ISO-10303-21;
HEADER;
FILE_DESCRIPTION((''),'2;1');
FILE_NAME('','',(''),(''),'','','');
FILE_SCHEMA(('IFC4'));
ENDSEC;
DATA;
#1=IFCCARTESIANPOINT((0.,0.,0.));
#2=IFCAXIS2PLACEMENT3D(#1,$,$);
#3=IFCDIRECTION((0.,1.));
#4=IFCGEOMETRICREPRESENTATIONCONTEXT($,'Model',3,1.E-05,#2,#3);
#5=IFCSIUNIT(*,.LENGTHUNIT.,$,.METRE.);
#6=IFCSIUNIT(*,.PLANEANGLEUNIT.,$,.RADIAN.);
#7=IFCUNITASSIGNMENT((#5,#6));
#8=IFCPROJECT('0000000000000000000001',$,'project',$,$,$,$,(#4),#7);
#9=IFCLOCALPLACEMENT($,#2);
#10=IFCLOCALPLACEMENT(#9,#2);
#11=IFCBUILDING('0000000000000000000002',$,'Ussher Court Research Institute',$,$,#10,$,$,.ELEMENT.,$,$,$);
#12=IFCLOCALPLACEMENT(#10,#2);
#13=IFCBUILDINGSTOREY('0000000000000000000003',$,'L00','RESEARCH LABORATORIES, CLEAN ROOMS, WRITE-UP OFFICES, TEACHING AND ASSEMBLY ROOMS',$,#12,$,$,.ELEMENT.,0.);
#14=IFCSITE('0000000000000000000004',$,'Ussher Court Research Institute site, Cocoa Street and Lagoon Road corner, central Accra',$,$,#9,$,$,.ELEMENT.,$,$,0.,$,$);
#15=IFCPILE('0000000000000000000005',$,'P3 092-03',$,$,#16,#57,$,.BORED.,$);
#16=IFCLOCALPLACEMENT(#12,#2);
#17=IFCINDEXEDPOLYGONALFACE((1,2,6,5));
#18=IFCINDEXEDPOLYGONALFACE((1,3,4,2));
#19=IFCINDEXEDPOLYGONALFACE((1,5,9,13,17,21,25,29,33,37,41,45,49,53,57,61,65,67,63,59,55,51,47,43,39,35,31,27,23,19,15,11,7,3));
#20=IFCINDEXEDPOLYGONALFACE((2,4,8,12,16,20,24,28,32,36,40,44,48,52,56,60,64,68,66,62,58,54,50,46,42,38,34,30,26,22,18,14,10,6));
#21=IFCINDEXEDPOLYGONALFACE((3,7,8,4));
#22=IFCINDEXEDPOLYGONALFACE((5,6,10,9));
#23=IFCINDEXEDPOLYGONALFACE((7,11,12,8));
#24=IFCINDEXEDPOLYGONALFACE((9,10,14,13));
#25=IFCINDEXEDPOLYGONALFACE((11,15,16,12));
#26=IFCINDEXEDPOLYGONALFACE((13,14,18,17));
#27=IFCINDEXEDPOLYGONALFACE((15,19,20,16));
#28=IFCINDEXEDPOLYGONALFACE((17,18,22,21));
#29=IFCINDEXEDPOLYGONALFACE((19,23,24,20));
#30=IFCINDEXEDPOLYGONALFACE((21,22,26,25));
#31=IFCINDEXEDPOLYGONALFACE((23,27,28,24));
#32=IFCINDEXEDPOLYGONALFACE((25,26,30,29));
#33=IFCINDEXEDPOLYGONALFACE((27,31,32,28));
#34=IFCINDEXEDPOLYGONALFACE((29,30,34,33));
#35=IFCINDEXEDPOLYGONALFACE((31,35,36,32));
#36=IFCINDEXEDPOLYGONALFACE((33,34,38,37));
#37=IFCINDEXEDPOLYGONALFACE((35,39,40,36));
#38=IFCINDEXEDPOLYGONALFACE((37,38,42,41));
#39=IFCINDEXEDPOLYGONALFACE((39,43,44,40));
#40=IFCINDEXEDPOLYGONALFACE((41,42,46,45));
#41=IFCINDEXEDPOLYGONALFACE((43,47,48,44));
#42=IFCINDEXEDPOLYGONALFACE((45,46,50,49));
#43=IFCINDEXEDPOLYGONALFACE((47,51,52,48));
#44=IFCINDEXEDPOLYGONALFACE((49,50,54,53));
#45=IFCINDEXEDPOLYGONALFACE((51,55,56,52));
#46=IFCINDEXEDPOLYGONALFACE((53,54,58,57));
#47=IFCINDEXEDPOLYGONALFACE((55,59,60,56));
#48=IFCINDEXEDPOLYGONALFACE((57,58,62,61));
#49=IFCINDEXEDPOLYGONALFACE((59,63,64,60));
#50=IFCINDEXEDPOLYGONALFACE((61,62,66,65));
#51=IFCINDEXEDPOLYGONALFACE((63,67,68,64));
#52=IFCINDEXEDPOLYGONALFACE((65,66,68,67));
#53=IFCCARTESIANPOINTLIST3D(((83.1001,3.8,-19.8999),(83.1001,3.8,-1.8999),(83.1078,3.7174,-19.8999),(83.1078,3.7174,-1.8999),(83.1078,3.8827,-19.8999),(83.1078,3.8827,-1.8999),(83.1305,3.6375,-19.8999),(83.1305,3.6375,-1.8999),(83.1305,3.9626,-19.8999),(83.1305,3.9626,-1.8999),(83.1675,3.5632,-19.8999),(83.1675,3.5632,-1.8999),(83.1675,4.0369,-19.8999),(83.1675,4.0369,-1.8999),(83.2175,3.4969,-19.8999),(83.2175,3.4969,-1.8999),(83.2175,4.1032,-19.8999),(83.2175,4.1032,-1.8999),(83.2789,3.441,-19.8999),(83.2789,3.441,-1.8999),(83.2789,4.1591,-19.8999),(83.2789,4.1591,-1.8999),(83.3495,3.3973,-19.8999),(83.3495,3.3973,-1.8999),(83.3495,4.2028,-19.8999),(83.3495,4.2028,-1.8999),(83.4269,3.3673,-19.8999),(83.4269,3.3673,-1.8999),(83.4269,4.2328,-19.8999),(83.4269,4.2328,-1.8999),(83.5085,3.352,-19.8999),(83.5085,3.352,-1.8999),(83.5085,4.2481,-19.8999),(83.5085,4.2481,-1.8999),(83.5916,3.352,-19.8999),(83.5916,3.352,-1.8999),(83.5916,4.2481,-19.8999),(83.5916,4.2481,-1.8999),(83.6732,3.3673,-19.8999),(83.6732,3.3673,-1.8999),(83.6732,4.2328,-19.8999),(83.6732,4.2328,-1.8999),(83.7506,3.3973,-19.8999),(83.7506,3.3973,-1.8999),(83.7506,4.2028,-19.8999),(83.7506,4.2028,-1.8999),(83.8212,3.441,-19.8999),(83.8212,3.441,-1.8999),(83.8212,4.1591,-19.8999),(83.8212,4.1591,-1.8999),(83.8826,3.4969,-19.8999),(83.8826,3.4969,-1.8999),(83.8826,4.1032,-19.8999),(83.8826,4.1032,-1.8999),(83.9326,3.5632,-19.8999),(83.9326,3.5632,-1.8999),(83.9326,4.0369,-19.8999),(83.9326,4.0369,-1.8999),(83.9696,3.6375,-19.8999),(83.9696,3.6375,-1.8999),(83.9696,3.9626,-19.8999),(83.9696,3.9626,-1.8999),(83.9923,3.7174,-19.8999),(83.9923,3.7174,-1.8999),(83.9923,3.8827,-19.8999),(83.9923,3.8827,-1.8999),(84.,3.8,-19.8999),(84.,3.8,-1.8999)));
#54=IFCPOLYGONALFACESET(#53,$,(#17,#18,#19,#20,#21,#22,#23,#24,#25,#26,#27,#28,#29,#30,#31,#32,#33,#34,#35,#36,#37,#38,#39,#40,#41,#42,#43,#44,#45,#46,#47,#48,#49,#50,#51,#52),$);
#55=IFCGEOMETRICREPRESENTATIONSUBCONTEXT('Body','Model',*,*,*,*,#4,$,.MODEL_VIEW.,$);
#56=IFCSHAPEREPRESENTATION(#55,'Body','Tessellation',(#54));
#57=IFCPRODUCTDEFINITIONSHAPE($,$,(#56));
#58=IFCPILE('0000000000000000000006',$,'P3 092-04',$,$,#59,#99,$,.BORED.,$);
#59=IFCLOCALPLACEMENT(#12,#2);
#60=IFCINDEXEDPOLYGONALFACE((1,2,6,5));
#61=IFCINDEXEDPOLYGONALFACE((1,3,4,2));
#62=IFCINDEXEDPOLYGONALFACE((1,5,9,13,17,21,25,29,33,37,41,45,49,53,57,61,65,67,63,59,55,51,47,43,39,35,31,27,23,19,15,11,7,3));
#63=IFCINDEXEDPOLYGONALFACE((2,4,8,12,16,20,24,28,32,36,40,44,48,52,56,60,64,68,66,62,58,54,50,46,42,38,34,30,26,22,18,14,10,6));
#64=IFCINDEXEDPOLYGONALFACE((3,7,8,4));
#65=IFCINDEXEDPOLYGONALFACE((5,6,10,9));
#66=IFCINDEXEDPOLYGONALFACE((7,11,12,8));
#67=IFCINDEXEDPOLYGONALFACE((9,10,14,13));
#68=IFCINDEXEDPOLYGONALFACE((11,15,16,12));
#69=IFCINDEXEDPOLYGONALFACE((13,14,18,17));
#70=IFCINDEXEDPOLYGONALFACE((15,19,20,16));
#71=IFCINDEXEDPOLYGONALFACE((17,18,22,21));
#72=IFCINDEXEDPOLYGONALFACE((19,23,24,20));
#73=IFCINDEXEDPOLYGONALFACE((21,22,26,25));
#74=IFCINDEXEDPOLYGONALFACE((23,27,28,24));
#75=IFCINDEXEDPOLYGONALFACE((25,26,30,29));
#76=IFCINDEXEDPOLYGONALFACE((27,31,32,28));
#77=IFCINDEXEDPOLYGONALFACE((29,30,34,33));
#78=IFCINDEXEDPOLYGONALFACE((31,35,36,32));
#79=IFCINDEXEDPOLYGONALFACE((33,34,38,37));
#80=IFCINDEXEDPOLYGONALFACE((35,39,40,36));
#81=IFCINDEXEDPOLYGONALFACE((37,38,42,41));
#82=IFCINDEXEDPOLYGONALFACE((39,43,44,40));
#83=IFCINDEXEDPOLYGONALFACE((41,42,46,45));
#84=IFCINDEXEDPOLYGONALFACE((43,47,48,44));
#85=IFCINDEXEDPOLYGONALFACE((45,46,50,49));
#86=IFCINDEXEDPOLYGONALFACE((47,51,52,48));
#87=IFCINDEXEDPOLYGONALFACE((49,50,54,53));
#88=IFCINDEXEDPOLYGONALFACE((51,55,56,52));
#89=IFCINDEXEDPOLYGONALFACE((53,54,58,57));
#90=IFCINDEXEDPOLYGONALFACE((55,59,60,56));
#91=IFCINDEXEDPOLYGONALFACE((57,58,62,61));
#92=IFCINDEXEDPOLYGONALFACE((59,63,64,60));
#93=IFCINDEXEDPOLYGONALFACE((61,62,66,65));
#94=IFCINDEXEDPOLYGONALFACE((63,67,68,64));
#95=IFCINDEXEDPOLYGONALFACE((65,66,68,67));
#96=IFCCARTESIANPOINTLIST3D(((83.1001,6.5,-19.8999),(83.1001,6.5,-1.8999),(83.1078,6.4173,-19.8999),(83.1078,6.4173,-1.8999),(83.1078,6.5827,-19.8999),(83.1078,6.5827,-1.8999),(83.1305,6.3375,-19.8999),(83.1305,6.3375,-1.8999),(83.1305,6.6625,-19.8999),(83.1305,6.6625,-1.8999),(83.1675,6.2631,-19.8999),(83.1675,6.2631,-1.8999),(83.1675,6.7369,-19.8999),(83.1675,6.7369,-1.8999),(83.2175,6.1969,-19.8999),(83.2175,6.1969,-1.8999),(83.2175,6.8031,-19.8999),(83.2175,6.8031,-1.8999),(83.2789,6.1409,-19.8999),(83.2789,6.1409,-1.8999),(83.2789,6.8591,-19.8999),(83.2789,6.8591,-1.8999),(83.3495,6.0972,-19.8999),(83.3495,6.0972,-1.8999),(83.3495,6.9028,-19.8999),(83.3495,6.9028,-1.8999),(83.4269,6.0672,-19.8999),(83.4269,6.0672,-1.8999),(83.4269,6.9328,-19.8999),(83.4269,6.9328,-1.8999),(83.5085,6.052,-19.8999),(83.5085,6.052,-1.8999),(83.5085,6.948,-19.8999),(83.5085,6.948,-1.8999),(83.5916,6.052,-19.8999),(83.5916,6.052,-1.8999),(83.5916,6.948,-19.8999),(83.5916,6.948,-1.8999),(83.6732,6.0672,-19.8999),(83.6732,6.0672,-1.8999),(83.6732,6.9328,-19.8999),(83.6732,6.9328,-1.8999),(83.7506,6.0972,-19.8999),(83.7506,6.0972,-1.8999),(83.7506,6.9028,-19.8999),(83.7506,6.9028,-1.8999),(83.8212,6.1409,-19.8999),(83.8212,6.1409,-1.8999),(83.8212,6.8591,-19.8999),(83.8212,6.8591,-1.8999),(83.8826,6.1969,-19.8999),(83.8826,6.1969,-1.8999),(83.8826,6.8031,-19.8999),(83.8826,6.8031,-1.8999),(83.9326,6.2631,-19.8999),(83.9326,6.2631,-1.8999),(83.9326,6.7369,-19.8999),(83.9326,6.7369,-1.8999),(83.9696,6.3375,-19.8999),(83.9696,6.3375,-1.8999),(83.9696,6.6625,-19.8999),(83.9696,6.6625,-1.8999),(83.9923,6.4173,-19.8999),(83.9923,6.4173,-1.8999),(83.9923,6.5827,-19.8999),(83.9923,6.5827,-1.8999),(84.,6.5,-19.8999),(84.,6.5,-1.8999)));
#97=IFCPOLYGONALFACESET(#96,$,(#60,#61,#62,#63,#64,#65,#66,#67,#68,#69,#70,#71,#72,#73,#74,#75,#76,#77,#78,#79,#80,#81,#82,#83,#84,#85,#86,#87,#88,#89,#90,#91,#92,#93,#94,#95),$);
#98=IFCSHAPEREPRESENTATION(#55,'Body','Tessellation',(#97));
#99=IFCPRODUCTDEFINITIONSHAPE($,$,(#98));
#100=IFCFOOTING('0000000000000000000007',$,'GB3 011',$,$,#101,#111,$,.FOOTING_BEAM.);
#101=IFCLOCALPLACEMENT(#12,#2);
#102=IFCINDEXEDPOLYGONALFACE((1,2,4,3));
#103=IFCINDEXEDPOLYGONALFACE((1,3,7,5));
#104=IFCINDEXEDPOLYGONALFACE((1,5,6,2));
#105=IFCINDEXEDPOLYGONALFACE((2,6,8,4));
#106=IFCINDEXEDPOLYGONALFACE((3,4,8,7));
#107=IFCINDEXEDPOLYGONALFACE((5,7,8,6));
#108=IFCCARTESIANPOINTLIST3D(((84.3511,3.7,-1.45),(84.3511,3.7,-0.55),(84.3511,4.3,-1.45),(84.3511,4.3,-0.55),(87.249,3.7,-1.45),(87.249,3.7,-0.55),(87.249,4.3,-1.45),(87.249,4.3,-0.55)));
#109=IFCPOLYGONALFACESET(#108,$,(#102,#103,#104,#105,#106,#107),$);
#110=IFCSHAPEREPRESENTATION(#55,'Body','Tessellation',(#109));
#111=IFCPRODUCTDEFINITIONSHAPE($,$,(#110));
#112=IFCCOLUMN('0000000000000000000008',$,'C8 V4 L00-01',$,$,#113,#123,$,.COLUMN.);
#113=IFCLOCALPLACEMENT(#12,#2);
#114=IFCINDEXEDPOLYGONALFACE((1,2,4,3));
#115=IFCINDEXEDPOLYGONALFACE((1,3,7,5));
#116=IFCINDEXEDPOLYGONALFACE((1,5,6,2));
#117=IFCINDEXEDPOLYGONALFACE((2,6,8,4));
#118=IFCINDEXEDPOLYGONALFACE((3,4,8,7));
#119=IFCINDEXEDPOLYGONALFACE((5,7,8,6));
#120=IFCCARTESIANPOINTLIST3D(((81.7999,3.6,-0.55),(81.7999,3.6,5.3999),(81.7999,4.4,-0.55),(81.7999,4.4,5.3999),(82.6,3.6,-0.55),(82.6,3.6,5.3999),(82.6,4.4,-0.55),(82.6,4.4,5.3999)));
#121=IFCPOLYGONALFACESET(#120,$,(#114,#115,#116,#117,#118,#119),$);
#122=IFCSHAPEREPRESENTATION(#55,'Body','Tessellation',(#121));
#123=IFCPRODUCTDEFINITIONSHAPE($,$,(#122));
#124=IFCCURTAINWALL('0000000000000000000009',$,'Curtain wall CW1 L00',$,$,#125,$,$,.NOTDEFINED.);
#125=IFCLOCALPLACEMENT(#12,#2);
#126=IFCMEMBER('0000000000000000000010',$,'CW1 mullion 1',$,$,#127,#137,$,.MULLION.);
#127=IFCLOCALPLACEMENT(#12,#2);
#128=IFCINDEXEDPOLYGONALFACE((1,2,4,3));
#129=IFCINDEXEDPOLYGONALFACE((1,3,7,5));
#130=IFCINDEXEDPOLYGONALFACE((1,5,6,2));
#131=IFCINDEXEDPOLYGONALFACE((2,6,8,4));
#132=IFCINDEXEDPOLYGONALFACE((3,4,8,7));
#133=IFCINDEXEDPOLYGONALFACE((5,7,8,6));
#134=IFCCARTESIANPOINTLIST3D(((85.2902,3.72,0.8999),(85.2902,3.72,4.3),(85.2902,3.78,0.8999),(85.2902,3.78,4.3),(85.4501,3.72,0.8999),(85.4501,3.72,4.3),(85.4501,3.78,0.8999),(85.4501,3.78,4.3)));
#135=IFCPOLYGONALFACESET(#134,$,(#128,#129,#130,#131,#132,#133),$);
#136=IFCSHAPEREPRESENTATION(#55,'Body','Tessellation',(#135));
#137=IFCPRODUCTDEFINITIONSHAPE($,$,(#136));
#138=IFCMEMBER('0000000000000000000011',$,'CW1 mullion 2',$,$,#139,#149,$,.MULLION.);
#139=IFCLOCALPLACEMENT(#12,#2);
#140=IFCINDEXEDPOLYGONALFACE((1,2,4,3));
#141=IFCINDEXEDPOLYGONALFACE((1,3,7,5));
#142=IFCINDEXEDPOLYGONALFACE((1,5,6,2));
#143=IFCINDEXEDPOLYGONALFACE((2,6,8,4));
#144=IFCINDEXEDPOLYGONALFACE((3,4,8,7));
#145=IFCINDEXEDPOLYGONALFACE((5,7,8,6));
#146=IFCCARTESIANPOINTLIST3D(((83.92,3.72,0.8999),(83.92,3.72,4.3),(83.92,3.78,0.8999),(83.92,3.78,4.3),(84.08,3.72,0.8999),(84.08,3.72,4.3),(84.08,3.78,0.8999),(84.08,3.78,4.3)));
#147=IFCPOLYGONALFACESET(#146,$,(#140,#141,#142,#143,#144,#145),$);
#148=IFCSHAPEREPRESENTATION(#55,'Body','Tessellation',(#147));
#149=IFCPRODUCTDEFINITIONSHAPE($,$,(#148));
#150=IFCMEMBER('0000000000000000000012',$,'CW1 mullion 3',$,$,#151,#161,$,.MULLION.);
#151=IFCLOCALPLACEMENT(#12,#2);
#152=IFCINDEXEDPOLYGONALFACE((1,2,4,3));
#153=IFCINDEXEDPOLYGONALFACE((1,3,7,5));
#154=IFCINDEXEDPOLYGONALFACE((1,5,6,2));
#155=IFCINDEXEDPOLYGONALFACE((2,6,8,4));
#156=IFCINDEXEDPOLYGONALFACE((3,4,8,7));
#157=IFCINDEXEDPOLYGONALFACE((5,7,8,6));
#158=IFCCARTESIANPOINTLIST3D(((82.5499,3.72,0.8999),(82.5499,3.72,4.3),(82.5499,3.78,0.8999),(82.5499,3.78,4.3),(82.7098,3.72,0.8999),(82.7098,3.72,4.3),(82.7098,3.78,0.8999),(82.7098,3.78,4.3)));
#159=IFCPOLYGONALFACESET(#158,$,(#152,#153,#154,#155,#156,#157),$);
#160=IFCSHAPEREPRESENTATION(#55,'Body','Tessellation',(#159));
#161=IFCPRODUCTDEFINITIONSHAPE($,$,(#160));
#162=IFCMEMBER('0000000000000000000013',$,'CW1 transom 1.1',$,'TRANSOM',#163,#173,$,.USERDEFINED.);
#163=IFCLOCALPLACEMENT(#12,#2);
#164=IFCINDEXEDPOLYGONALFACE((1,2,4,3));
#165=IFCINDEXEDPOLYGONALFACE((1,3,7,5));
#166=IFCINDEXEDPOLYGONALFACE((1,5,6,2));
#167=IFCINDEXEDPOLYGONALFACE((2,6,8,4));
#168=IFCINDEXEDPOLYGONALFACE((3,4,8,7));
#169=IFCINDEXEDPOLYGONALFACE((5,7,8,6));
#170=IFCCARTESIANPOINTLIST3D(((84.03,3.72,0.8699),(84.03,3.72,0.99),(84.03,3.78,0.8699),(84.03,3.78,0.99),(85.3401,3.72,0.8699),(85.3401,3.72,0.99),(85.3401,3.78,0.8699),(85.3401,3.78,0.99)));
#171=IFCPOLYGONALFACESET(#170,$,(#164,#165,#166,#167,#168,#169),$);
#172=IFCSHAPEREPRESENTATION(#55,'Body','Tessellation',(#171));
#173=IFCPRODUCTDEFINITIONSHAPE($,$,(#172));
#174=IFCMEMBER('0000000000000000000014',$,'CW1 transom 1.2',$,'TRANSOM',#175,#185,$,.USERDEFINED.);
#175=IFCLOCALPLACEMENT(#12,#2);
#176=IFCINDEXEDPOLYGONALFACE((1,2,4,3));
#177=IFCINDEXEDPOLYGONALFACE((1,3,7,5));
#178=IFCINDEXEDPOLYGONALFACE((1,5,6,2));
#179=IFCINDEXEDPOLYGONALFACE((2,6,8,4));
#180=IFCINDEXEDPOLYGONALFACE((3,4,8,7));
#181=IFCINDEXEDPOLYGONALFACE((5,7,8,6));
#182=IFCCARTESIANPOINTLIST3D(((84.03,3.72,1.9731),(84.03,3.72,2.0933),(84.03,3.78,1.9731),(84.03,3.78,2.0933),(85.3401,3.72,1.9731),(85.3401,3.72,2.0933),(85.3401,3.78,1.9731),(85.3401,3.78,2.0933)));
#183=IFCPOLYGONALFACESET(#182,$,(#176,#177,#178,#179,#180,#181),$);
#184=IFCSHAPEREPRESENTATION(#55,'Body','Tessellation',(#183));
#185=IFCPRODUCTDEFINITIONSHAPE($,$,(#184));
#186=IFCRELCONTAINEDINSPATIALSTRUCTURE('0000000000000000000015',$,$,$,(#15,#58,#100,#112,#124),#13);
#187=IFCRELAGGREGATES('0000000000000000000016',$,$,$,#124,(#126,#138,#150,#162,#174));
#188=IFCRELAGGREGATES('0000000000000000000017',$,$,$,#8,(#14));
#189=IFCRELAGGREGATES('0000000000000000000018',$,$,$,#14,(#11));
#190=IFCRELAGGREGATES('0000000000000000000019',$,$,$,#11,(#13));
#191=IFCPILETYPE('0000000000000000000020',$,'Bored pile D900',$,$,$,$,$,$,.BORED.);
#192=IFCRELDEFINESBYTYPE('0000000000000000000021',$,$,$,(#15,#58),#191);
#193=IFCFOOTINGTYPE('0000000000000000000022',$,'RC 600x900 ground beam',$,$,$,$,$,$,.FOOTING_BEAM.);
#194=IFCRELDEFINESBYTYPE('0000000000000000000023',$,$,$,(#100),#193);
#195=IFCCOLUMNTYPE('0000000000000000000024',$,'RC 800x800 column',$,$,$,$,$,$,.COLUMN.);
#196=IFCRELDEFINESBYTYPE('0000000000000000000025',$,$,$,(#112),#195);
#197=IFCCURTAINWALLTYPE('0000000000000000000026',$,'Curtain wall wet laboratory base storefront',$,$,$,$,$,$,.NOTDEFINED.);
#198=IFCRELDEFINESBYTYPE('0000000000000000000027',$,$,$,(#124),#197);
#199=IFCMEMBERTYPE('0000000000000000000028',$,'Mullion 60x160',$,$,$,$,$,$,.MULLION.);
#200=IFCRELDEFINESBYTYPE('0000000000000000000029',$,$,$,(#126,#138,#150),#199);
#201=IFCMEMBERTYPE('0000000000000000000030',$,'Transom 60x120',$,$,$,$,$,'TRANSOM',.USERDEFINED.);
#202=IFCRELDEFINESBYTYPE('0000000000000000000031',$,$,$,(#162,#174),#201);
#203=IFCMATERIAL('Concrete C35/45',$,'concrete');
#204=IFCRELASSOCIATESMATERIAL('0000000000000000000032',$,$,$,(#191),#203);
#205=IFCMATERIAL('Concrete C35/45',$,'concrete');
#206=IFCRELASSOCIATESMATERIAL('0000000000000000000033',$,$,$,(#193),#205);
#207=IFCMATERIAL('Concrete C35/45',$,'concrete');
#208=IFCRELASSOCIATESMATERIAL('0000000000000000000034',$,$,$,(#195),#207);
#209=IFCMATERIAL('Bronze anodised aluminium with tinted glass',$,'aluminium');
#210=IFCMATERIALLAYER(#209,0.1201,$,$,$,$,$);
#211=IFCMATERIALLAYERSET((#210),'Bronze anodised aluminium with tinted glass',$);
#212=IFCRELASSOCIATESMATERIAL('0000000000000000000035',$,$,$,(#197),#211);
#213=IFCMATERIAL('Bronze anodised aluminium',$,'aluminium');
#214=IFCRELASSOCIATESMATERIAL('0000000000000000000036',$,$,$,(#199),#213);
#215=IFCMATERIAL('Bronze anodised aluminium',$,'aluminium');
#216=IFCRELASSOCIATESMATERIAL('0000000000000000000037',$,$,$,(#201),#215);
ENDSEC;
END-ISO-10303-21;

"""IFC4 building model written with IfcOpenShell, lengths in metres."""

from ifc_helpers import new_model, si_unit, direction, frame, origin, origin_2d, place, context, subcontext, project, spatial, rectangle, circle, extrude, material, layer, layer_set, material_profile, profile_set, type_object, element, aggregate, save


model = new_model("IFC4")

# Units and contexts
model_context = context("Model", 3, precision=1e-05, world=origin(), true_north=direction((0.0, 1.0)))
body_context = subcontext(model_context, "Body", "Model", "MODEL_VIEW")
ifc_project = project(units=[si_unit("LENGTHUNIT", "METRE"), si_unit("PLANEANGLEUNIT", "RADIAN")], contexts=[model_context])

# Site, building, storey
site_placement = place(None, origin())
site = spatial("IfcSite", under=ifc_project, at=site_placement, Name="Ussher Court Research Institute site, Cocoa Street and Lagoon Road corner, central Accra", CompositionType="ELEMENT", RefElevation=0.0)
building_placement = place(site_placement, origin())
building = spatial("IfcBuilding", under=site, at=building_placement, Name="Ussher Court Research Institute", CompositionType="ELEMENT")
storey_placement = place(building_placement, origin())
storey = spatial("IfcBuildingStorey", under=building, at=storey_placement, Name="L00", Description="RESEARCH LABORATORIES, CLEAN ROOMS, WRITE-UP OFFICES, TEACHING AND ASSEMBLY ROOMS", CompositionType="ELEMENT", Elevation=0.0)

# Piles
ifc_material_1 = material(Name="Concrete C35/45", Category="concrete")
ifc_material_profile_1 = material_profile(ifc_material_1, circle(Radius=0.45, at=origin_2d()), Name="RC D900")
ifc_profile_set_1 = profile_set([ifc_material_profile_1], Name="Concrete C35/45")
pile_type = type_object("IfcPileType", Name="Bored pile D900", PredefinedType="BORED", material=ifc_profile_set_1)
for number, where, z_axis, x_axis, name in (
    (1, (83.55, 3.8, -1.8999), (0.0, 0.0, -1.0), (1.0, 0.0, 0.0), "P3 092-03"),
    (2, (83.55, 6.5, -1.8999), (0.0, 0.0, -1.0), (1.0, 0.0, 0.0), "P3 092-04"),
):
    element("IfcPile", number, at=place(storey_placement, frame(where, z_axis=z_axis, x_axis=x_axis)), inside=storey, type_object=pile_type, Name=name, PredefinedType="BORED", context=body_context, shape_type="SweptSolid", body=[
        extrude(circle(Radius=0.45, at=origin_2d()), origin(), (0.0, 0.0, 1.0), 18.0),
    ])

# Footing
ifc_material_2 = material(Name="Concrete C35/45", Category="concrete")
ifc_material_profile_2 = material_profile(ifc_material_2, rectangle(XDim=0.6001, YDim=0.8999, at=origin_2d()), Name="RC 600x900")
ifc_profile_set_2 = profile_set([ifc_material_profile_2], Name="Concrete C35/45")
footing_type = type_object("IfcFootingType", Name="RC 600x900 ground beam", PredefinedType="FOOTING_BEAM", material=ifc_profile_set_2)
footing_placement = place(storey_placement, frame((84.3511, 4.0, -1.0), z_axis=(1.0, 0.0, 0.0), x_axis=(0.0, 1.0, 0.0)))
element("IfcFooting", 3, at=footing_placement, inside=storey, type_object=footing_type, Name="GB3 011", PredefinedType="FOOTING_BEAM", context=body_context, shape_type="SweptSolid", body=[
    extrude(rectangle(XDim=0.6001, YDim=0.8999, at=origin_2d()), origin(), (0.0, 0.0, 1.0), 2.8979),
])

# Column
ifc_material_3 = material(Name="Concrete C35/45", Category="concrete")
ifc_material_profile_3 = material_profile(ifc_material_3, rectangle(XDim=0.8, YDim=0.8, at=origin_2d()), Name="RC 800x800")
ifc_profile_set_3 = profile_set([ifc_material_profile_3], Name="Concrete C35/45")
column_type = type_object("IfcColumnType", Name="RC 800x800 column", PredefinedType="COLUMN", material=ifc_profile_set_3)
column_placement = place(storey_placement, frame((82.2, 4.0, -0.55), z_axis=(0.0, 0.0, 1.0), x_axis=(1.0, 0.0, 0.0)))
element("IfcColumn", 4, at=column_placement, inside=storey, type_object=column_type, Name="C8 V4 L00-01", PredefinedType="COLUMN", context=body_context, shape_type="SweptSolid", body=[
    extrude(rectangle(XDim=0.8, YDim=0.8, at=origin_2d()), origin(), (0.0, 0.0, 1.0), 5.95),
])

# Curtain wall, members
ifc_material_4 = material(Name="Bronze anodised aluminium with tinted glass", Category="aluminium")
ifc_layer_1 = layer(ifc_material_4, 0.1201)
ifc_layer_set_1 = layer_set([ifc_layer_1], Name="Bronze anodised aluminium with tinted glass")
curtain_wall_type = type_object("IfcCurtainWallType", Name="Curtain wall wet laboratory base storefront", PredefinedType="NOTDEFINED", material=ifc_layer_set_1)
curtain_wall_placement = place(storey_placement, origin())
curtain_wall = element("IfcCurtainWall", 5, at=curtain_wall_placement, inside=storey, type_object=curtain_wall_type, Name="Curtain wall CW1 L00", PredefinedType="NOTDEFINED")
ifc_material_5 = material(Name="Bronze anodised aluminium", Category="aluminium")
ifc_material_profile_4 = material_profile(ifc_material_5, rectangle(XDim=0.0601, YDim=0.1599, at=origin_2d()), Name="Mullion 60x160")
ifc_profile_set_4 = profile_set([ifc_material_profile_4], Name="Bronze anodised aluminium")
member_type_1 = type_object("IfcMemberType", Name="Mullion 60x160", PredefinedType="MULLION", material=ifc_profile_set_4)
member_1_placement = place(storey_placement, frame((85.3701, 3.75, 0.8999), z_axis=(0.0, 0.0, 1.0), x_axis=(0.0, -1.0, 0.0)))
member_1 = element("IfcMember", 6, at=member_1_placement, type_object=member_type_1, Name="CW1 mullion 1", PredefinedType="MULLION", context=body_context, shape_type="SweptSolid", body=[
    extrude(rectangle(XDim=0.0601, YDim=0.1599, at=origin_2d()), origin(), (0.0, 0.0, 1.0), 3.4001),
])
member_2_placement = place(storey_placement, frame((84.0, 3.75, 0.8999), z_axis=(0.0, 0.0, 1.0), x_axis=(0.0, -1.0, 0.0)))
member_2 = element("IfcMember", 7, at=member_2_placement, type_object=member_type_1, Name="CW1 mullion 2", PredefinedType="MULLION", context=body_context, shape_type="SweptSolid", body=[
    extrude(rectangle(XDim=0.0601, YDim=0.1599, at=origin_2d()), origin(), (0.0, 0.0, 1.0), 3.4001),
])
member_3_placement = place(storey_placement, frame((82.6299, 3.75, 0.8999), z_axis=(0.0, 0.0, 1.0), x_axis=(0.0, -1.0, 0.0)))
member_3 = element("IfcMember", 8, at=member_3_placement, type_object=member_type_1, Name="CW1 mullion 3", PredefinedType="MULLION", context=body_context, shape_type="SweptSolid", body=[
    extrude(rectangle(XDim=0.0601, YDim=0.1599, at=origin_2d()), origin(), (0.0, 0.0, 1.0), 3.4001),
])
ifc_material_6 = material(Name="Bronze anodised aluminium", Category="aluminium")
ifc_material_profile_5 = material_profile(ifc_material_6, rectangle(XDim=0.0601, YDim=0.1201, at=origin_2d()), Name="Transom 60x120")
ifc_profile_set_5 = profile_set([ifc_material_profile_5], Name="Bronze anodised aluminium")
member_type_2 = type_object("IfcMemberType", Name="Transom 60x120", ElementType="TRANSOM", PredefinedType="USERDEFINED", material=ifc_profile_set_5)
member_4_placement = place(storey_placement, frame((85.3401, 3.75, 0.9299), z_axis=(-1.0, 0.0, 0.0), x_axis=(0.0, -1.0, 0.0)))
member_4 = element("IfcMember", 9, at=member_4_placement, type_object=member_type_2, Name="CW1 transom 1.1", ObjectType="TRANSOM", PredefinedType="USERDEFINED", context=body_context, shape_type="SweptSolid", body=[
    extrude(rectangle(XDim=0.0601, YDim=0.1201, at=origin_2d()), origin(), (0.0, 0.0, 1.0), 1.3101),
])
member_5_placement = place(storey_placement, frame((85.3401, 3.75, 2.0332), z_axis=(-1.0, 0.0, 0.0), x_axis=(0.0, -1.0, 0.0)))
member_5 = element("IfcMember", 10, at=member_5_placement, type_object=member_type_2, Name="CW1 transom 1.2", ObjectType="TRANSOM", PredefinedType="USERDEFINED", context=body_context, shape_type="SweptSolid", body=[
    extrude(rectangle(XDim=0.0601, YDim=0.1201, at=origin_2d()), origin(), (0.0, 0.0, 1.0), 1.3101),
])
aggregate(curtain_wall, [member_1, member_2, member_3, member_4, member_5])

save(model, "model.ifc")
